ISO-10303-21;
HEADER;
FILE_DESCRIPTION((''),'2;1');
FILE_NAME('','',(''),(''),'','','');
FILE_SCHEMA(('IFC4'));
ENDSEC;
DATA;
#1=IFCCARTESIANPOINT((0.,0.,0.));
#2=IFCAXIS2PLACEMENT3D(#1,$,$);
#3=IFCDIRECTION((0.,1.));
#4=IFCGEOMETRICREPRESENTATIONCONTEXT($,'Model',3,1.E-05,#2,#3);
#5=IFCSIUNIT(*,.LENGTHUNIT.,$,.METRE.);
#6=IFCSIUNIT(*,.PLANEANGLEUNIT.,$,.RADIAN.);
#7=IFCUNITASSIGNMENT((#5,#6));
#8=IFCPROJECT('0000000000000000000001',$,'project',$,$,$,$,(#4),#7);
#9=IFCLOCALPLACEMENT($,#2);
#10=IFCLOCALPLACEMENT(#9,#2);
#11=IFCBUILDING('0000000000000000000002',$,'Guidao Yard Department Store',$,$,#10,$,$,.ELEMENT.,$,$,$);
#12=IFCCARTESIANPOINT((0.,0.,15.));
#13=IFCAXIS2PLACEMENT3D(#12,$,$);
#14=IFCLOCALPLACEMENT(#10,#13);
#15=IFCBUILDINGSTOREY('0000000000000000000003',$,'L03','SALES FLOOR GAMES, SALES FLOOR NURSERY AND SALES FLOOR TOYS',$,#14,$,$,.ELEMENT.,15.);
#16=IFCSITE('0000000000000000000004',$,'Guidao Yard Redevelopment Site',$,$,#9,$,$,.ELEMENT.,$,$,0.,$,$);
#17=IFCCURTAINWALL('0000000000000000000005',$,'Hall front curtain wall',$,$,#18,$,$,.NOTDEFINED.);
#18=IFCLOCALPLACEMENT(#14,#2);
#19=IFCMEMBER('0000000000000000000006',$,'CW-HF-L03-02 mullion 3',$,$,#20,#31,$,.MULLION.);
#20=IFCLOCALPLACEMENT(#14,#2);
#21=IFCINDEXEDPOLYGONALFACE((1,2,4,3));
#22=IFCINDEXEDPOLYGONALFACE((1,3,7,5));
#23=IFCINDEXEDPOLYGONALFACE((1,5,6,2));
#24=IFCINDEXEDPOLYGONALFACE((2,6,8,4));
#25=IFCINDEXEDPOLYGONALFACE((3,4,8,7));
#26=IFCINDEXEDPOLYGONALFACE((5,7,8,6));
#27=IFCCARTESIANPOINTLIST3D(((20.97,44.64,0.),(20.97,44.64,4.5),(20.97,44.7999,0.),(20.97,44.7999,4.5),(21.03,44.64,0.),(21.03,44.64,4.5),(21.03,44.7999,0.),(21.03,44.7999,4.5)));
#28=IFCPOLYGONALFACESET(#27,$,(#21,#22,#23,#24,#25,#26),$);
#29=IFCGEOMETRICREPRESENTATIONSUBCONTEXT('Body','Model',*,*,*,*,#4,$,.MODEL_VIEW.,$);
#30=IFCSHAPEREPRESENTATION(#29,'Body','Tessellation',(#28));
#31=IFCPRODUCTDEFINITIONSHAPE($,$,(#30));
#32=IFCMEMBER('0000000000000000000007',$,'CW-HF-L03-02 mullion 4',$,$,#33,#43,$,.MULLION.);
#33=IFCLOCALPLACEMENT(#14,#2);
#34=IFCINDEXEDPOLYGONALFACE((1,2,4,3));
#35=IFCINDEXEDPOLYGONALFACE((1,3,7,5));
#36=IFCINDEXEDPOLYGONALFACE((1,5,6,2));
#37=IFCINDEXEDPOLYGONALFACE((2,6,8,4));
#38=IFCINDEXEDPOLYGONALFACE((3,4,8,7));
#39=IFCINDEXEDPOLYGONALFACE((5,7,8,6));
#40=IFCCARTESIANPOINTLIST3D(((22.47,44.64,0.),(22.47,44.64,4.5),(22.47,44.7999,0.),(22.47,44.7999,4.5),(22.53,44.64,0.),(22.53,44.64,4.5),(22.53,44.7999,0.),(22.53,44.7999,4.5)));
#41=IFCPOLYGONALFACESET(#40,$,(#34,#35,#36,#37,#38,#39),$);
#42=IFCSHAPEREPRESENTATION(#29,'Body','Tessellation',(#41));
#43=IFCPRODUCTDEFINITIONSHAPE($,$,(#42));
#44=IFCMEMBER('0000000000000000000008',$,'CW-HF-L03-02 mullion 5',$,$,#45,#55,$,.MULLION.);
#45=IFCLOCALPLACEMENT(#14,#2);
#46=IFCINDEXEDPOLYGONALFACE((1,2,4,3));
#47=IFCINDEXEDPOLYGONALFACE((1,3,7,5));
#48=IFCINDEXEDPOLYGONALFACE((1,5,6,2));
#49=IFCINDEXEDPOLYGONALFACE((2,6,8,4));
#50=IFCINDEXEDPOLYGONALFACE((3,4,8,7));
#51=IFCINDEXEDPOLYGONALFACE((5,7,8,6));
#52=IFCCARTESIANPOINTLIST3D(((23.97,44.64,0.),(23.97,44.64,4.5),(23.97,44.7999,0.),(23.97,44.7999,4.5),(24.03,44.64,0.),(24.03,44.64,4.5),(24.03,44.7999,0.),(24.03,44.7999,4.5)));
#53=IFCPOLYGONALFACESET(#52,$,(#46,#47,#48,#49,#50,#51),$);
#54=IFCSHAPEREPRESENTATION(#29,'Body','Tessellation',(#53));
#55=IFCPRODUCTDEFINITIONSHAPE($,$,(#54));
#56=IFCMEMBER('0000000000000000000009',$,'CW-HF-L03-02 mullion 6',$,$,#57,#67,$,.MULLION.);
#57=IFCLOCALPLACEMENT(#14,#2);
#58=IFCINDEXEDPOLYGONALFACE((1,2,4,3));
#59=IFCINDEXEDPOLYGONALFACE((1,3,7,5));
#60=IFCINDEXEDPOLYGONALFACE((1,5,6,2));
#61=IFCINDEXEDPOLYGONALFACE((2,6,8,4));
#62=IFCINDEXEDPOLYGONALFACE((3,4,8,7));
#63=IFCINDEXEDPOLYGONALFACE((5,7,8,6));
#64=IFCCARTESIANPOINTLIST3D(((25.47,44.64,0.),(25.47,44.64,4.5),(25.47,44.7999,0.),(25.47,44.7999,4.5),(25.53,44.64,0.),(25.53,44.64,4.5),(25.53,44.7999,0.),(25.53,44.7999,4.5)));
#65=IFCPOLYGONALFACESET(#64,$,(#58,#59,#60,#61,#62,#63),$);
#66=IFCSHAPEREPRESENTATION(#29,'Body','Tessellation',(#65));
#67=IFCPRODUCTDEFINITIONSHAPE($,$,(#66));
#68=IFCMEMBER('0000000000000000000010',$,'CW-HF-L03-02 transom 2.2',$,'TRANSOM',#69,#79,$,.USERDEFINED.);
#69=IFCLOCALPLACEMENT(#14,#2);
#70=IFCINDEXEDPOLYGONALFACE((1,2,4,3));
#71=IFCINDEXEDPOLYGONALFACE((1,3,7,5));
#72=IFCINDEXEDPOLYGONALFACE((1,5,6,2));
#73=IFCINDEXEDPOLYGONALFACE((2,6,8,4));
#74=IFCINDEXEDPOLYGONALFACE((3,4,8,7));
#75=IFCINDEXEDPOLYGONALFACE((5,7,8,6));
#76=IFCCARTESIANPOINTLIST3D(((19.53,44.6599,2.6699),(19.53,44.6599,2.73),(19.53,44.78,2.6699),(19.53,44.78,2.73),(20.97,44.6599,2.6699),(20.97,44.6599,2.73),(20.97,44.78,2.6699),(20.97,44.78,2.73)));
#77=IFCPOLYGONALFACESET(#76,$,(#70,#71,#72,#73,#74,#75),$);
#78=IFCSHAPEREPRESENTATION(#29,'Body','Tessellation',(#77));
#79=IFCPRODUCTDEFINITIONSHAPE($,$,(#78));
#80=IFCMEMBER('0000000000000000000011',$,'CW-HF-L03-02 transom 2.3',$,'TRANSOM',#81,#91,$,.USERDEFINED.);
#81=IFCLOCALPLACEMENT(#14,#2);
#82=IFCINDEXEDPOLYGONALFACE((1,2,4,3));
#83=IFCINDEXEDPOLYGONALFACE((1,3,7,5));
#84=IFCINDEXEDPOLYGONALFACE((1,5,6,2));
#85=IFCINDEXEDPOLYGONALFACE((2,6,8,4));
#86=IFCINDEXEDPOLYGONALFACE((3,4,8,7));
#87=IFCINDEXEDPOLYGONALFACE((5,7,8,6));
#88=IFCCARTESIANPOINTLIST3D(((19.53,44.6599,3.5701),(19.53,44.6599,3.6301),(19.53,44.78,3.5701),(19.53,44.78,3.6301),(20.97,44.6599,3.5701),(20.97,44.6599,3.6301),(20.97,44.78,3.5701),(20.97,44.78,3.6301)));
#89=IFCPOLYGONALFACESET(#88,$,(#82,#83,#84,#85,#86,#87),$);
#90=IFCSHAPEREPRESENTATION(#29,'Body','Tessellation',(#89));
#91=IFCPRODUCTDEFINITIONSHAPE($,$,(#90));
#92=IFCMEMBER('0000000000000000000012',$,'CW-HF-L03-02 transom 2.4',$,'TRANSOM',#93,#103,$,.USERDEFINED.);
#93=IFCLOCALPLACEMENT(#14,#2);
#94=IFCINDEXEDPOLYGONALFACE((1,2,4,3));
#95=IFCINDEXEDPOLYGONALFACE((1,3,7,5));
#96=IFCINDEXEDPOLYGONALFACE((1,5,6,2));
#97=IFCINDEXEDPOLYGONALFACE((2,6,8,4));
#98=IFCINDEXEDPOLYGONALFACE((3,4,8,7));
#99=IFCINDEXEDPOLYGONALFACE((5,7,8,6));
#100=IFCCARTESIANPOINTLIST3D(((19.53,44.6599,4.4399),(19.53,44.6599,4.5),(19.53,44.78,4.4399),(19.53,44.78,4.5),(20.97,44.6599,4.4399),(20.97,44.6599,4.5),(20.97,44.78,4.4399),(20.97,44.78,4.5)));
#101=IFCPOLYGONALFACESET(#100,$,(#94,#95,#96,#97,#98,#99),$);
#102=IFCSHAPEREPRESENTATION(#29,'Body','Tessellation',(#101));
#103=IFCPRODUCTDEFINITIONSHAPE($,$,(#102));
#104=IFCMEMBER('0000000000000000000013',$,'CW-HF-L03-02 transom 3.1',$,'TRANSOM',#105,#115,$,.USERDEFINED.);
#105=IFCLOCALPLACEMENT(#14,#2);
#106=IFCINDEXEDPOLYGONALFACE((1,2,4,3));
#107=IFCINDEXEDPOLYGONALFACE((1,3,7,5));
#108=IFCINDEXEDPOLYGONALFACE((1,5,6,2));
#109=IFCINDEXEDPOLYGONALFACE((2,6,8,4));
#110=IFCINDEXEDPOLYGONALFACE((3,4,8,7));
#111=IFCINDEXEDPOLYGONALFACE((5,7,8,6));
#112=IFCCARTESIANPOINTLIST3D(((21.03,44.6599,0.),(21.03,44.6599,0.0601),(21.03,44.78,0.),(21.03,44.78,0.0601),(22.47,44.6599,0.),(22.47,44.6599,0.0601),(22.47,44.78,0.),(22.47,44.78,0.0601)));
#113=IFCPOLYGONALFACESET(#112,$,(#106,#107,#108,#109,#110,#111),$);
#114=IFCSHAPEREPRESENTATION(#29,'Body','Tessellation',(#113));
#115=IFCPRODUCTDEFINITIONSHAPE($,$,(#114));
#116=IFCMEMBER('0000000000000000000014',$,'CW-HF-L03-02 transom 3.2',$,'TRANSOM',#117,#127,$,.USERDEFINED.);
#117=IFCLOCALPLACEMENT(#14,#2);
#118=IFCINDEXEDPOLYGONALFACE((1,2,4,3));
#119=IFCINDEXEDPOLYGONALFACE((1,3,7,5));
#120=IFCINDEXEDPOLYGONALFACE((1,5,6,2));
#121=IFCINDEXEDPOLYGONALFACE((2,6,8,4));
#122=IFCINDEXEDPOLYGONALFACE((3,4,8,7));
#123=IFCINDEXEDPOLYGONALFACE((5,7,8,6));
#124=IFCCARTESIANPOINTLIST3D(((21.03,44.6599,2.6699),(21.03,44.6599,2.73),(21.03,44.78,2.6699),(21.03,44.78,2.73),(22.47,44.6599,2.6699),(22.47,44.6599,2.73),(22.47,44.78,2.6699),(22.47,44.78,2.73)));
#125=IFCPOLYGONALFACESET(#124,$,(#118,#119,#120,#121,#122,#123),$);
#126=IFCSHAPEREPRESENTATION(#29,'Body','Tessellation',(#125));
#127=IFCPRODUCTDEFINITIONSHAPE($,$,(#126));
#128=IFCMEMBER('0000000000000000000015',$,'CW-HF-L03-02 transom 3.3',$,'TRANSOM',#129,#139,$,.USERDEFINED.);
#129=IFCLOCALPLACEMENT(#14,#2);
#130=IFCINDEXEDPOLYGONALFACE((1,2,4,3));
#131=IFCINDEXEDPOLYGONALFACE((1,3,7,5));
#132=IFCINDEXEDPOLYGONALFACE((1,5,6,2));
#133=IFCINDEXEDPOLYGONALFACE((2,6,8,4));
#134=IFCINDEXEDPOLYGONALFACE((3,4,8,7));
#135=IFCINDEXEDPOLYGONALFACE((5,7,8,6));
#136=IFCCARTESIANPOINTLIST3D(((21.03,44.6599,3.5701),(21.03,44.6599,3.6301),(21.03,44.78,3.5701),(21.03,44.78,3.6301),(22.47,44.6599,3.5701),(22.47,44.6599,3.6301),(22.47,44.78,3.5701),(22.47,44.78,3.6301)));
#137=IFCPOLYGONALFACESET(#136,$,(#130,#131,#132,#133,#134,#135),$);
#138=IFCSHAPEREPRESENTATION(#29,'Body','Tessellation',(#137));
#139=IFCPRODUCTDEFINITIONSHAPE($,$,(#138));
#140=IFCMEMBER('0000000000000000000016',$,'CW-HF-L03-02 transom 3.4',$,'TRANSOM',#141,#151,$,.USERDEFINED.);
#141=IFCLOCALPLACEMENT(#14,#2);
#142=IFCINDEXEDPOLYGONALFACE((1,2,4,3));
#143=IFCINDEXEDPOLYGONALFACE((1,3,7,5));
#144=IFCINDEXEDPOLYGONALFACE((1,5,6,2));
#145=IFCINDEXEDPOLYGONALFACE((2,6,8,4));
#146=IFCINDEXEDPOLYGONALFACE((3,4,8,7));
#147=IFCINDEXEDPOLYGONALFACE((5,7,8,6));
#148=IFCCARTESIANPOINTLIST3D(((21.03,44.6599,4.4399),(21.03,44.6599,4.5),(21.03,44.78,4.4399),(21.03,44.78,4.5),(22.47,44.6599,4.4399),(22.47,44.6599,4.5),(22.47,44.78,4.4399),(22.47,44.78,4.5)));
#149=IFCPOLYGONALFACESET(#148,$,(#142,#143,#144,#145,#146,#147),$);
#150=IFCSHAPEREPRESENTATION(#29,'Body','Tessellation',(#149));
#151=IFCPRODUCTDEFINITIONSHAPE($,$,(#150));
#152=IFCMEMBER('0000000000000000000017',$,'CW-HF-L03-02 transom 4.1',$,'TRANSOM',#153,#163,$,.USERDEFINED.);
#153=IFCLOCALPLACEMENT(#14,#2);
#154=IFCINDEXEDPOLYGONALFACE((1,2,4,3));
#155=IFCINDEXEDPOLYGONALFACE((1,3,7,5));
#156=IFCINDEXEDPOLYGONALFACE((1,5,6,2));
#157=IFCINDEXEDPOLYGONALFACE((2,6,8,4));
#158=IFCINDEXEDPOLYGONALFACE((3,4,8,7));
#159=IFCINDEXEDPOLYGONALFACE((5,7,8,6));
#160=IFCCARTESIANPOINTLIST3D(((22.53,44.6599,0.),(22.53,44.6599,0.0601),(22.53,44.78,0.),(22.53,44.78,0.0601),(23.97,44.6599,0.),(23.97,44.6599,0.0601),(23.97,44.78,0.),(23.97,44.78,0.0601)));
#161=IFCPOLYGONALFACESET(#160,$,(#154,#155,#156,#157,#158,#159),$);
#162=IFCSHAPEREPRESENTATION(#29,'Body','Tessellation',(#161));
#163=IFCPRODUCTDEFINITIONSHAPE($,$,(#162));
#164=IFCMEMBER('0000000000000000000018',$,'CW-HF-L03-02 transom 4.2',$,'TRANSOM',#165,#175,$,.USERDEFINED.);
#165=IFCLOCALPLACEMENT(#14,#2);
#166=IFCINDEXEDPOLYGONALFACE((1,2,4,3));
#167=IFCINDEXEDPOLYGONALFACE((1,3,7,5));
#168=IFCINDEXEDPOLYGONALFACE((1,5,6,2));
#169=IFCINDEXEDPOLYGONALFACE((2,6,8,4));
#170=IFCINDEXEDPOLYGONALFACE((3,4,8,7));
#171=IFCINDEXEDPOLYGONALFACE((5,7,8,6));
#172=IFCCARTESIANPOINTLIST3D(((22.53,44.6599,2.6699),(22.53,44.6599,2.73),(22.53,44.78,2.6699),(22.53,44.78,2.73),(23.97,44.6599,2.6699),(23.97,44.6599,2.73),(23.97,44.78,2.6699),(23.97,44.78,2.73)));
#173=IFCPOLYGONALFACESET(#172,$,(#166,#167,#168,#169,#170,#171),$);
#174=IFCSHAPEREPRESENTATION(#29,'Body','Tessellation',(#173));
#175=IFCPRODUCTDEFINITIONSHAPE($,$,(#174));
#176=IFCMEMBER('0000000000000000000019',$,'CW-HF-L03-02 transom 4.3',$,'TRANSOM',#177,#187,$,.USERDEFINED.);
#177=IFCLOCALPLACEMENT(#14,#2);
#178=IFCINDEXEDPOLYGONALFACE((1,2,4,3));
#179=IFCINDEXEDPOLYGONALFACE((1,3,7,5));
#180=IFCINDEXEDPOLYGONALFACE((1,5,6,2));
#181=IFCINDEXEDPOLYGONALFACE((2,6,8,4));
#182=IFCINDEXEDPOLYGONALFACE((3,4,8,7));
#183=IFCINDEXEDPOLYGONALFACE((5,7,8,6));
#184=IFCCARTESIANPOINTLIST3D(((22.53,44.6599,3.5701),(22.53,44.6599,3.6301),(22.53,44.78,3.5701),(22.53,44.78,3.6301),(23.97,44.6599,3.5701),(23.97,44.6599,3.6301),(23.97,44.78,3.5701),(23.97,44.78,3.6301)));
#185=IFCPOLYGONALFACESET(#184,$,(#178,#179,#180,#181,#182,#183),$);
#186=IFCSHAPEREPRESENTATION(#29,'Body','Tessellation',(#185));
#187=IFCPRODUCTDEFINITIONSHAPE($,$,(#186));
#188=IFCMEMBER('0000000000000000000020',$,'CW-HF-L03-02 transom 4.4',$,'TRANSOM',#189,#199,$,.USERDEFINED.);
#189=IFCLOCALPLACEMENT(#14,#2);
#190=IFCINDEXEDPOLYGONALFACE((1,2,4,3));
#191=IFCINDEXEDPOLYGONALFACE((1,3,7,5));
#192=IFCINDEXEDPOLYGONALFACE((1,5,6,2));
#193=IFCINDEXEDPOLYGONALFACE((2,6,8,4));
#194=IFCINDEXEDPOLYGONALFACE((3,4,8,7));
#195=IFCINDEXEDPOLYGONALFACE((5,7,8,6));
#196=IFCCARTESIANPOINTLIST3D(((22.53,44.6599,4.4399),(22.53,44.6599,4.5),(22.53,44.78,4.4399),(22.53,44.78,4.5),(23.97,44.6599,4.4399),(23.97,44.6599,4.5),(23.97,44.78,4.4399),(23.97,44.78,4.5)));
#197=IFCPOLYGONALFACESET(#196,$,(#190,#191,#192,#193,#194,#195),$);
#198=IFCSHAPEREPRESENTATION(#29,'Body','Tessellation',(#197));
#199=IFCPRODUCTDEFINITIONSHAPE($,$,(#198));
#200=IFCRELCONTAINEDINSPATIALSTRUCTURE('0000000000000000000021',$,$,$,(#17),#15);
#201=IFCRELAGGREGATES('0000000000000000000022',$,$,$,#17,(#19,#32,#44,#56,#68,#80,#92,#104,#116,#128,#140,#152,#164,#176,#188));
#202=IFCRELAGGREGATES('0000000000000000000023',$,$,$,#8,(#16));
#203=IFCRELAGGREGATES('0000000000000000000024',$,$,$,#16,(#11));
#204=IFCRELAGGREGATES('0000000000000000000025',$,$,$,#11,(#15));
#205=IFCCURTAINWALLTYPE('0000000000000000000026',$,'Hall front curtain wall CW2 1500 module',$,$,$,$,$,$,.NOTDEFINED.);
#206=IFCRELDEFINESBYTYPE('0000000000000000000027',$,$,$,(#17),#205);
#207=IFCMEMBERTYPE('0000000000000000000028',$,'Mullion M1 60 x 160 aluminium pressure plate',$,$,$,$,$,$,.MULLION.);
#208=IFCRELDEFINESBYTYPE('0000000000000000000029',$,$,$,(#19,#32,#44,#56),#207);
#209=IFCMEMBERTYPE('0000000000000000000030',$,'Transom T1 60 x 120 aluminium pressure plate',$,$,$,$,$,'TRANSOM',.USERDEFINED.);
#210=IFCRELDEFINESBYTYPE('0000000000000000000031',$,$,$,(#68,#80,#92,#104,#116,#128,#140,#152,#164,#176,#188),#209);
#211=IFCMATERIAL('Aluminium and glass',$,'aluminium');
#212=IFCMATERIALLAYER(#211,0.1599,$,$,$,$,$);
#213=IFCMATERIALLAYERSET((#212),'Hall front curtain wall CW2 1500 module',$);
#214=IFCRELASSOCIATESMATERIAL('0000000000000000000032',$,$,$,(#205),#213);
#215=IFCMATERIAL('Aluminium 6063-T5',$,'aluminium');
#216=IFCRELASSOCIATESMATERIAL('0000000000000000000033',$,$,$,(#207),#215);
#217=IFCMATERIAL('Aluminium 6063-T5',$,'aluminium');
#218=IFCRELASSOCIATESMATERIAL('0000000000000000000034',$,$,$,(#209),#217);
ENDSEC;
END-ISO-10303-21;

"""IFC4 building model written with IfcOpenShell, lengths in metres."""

from ifc_helpers import new_model, si_unit, direction, frame, origin, origin_2d, place, context, subcontext, project, spatial, rectangle, extrude, material, layer, layer_set, material_profile, profile_set, type_object, element, aggregate, save


model = new_model("IFC4")

# Units and contexts
model_context = context("Model", 3, precision=1e-05, world=origin(), true_north=direction((0.0, 1.0)))
body_context = subcontext(model_context, "Body", "Model", "MODEL_VIEW")
ifc_project = project(units=[si_unit("LENGTHUNIT", "METRE"), si_unit("PLANEANGLEUNIT", "RADIAN")], contexts=[model_context])

# Site, building, storey
site_placement = place(None, origin())
site = spatial("IfcSite", under=ifc_project, at=site_placement, Name="Guidao Yard Redevelopment Site", CompositionType="ELEMENT", RefElevation=0.0)
building_placement = place(site_placement, origin())
building = spatial("IfcBuilding", under=site, at=building_placement, Name="Guidao Yard Department Store", CompositionType="ELEMENT")
storey_placement = place(building_placement, frame((0.0, 0.0, 15.0)))
storey = spatial("IfcBuildingStorey", under=building, at=storey_placement, Name="L03", Description="SALES FLOOR GAMES, SALES FLOOR NURSERY AND SALES FLOOR TOYS", CompositionType="ELEMENT", Elevation=15.0)

# Curtain wall, members
ifc_material_1 = material(Name="Aluminium and glass", Category="aluminium")
ifc_layer_1 = layer(ifc_material_1, 0.1599)
ifc_layer_set_1 = layer_set([ifc_layer_1], Name="Hall front curtain wall CW2 1500 module")
curtain_wall_type = type_object("IfcCurtainWallType", Name="Hall front curtain wall CW2 1500 module", PredefinedType="NOTDEFINED", material=ifc_layer_set_1)
curtain_wall_placement = place(storey_placement, origin())
curtain_wall = element("IfcCurtainWall", 1, at=curtain_wall_placement, inside=storey, type_object=curtain_wall_type, Name="Hall front curtain wall", PredefinedType="NOTDEFINED")
ifc_material_2 = material(Name="Aluminium 6063-T5", Category="aluminium")
ifc_material_profile_1 = material_profile(ifc_material_2, rectangle(XDim=0.0601, YDim=0.1599, at=origin_2d()), Name="Mullion M1 60 x 160 aluminium pressure plate")
ifc_profile_set_1 = profile_set([ifc_material_profile_1], Name="Aluminium 6063-T5")
member_type_1 = type_object("IfcMemberType", Name="Mullion M1 60 x 160 aluminium pressure plate", PredefinedType="MULLION", material=ifc_profile_set_1)
member_1_placement = place(storey_placement, frame((21.0, 44.72, 0.0), z_axis=(0.0, 0.0, 1.0), x_axis=(-1.0, 0.0, 0.0)))
member_1 = element("IfcMember", 2, at=member_1_placement, type_object=member_type_1, Name="CW-HF-L03-02 mullion 3", PredefinedType="MULLION", context=body_context, shape_type="SweptSolid", body=[
    extrude(rectangle(XDim=0.0601, YDim=0.1599, at=origin_2d()), origin(), (0.0, 0.0, 1.0), 4.5),
])
member_2_placement = place(storey_placement, frame((22.5, 44.72, 0.0), z_axis=(0.0, 0.0, 1.0), x_axis=(-1.0, 0.0, 0.0)))
member_2 = element("IfcMember", 3, at=member_2_placement, type_object=member_type_1, Name="CW-HF-L03-02 mullion 4", PredefinedType="MULLION", context=body_context, shape_type="SweptSolid", body=[
    extrude(rectangle(XDim=0.0601, YDim=0.1599, at=origin_2d()), origin(), (0.0, 0.0, 1.0), 4.5),
])
member_3_placement = place(storey_placement, frame((24.0, 44.72, 0.0), z_axis=(0.0, 0.0, 1.0), x_axis=(-1.0, 0.0, 0.0)))
member_3 = element("IfcMember", 4, at=member_3_placement, type_object=member_type_1, Name="CW-HF-L03-02 mullion 5", PredefinedType="MULLION", context=body_context, shape_type="SweptSolid", body=[
    extrude(rectangle(XDim=0.0601, YDim=0.1599, at=origin_2d()), origin(), (0.0, 0.0, 1.0), 4.5),
])
member_4_placement = place(storey_placement, frame((25.5, 44.72, 0.0), z_axis=(0.0, 0.0, 1.0), x_axis=(-1.0, 0.0, 0.0)))
member_4 = element("IfcMember", 5, at=member_4_placement, type_object=member_type_1, Name="CW-HF-L03-02 mullion 6", PredefinedType="MULLION", context=body_context, shape_type="SweptSolid", body=[
    extrude(rectangle(XDim=0.0601, YDim=0.1599, at=origin_2d()), origin(), (0.0, 0.0, 1.0), 4.5),
])
ifc_material_3 = material(Name="Aluminium 6063-T5", Category="aluminium")
ifc_material_profile_2 = material_profile(ifc_material_3, rectangle(XDim=0.1201, YDim=0.0601, at=origin_2d()), Name="Transom T1 60 x 120 aluminium pressure plate")
ifc_profile_set_2 = profile_set([ifc_material_profile_2], Name="Aluminium 6063-T5")
member_type_2 = type_object("IfcMemberType", Name="Transom T1 60 x 120 aluminium pressure plate", ElementType="TRANSOM", PredefinedType="USERDEFINED", material=ifc_profile_set_2)
member_5_placement = place(storey_placement, frame((20.97, 44.72, 2.7), z_axis=(-1.0, 0.0, 0.0), x_axis=(0.0, -1.0, 0.0)))
member_5 = element("IfcMember", 6, at=member_5_placement, type_object=member_type_2, Name="CW-HF-L03-02 transom 2.2", ObjectType="TRANSOM", PredefinedType="USERDEFINED", context=body_context, shape_type="SweptSolid", body=[
    extrude(rectangle(XDim=0.1201, YDim=0.0601, at=origin_2d()), origin(), (0.0, 0.0, 1.0), 1.4399),
])
member_6_placement = place(storey_placement, frame((20.97, 44.72, 3.6001), z_axis=(-1.0, 0.0, 0.0), x_axis=(0.0, -1.0, 0.0)))
member_6 = element("IfcMember", 7, at=member_6_placement, type_object=member_type_2, Name="CW-HF-L03-02 transom 2.3", ObjectType="TRANSOM", PredefinedType="USERDEFINED", context=body_context, shape_type="SweptSolid", body=[
    extrude(rectangle(XDim=0.1201, YDim=0.0601, at=origin_2d()), origin(), (0.0, 0.0, 1.0), 1.4399),
])
member_7_placement = place(storey_placement, frame((20.97, 44.72, 4.47), z_axis=(-1.0, 0.0, 0.0), x_axis=(0.0, -1.0, 0.0)))
member_7 = element("IfcMember", 8, at=member_7_placement, type_object=member_type_2, Name="CW-HF-L03-02 transom 2.4", ObjectType="TRANSOM", PredefinedType="USERDEFINED", context=body_context, shape_type="SweptSolid", body=[
    extrude(rectangle(XDim=0.1201, YDim=0.0601, at=origin_2d()), origin(), (0.0, 0.0, 1.0), 1.4399),
])
member_8_placement = place(storey_placement, frame((22.47, 44.72, 0.03), z_axis=(-1.0, 0.0, 0.0), x_axis=(0.0, -1.0, 0.0)))
member_8 = element("IfcMember", 9, at=member_8_placement, type_object=member_type_2, Name="CW-HF-L03-02 transom 3.1", ObjectType="TRANSOM", PredefinedType="USERDEFINED", context=body_context, shape_type="SweptSolid", body=[
    extrude(rectangle(XDim=0.1201, YDim=0.0601, at=origin_2d()), origin(), (0.0, 0.0, 1.0), 1.4399),
])
member_9_placement = place(storey_placement, frame((22.47, 44.72, 2.7), z_axis=(-1.0, 0.0, 0.0), x_axis=(0.0, -1.0, 0.0)))
member_9 = element("IfcMember", 10, at=member_9_placement, type_object=member_type_2, Name="CW-HF-L03-02 transom 3.2", ObjectType="TRANSOM", PredefinedType="USERDEFINED", context=body_context, shape_type="SweptSolid", body=[
    extrude(rectangle(XDim=0.1201, YDim=0.0601, at=origin_2d()), origin(), (0.0, 0.0, 1.0), 1.4399),
])
member_10_placement = place(storey_placement, frame((22.47, 44.72, 3.6001), z_axis=(-1.0, 0.0, 0.0), x_axis=(0.0, -1.0, 0.0)))
member_10 = element("IfcMember", 11, at=member_10_placement, type_object=member_type_2, Name="CW-HF-L03-02 transom 3.3", ObjectType="TRANSOM", PredefinedType="USERDEFINED", context=body_context, shape_type="SweptSolid", body=[
    extrude(rectangle(XDim=0.1201, YDim=0.0601, at=origin_2d()), origin(), (0.0, 0.0, 1.0), 1.4399),
])
member_11_placement = place(storey_placement, frame((22.47, 44.72, 4.47), z_axis=(-1.0, 0.0, 0.0), x_axis=(0.0, -1.0, 0.0)))
member_11 = element("IfcMember", 12, at=member_11_placement, type_object=member_type_2, Name="CW-HF-L03-02 transom 3.4", ObjectType="TRANSOM", PredefinedType="USERDEFINED", context=body_context, shape_type="SweptSolid", body=[
    extrude(rectangle(XDim=0.1201, YDim=0.0601, at=origin_2d()), origin(), (0.0, 0.0, 1.0), 1.4399),
])
member_12_placement = place(storey_placement, frame((23.97, 44.72, 0.03), z_axis=(-1.0, 0.0, 0.0), x_axis=(0.0, -1.0, 0.0)))
member_12 = element("IfcMember", 13, at=member_12_placement, type_object=member_type_2, Name="CW-HF-L03-02 transom 4.1", ObjectType="TRANSOM", PredefinedType="USERDEFINED", context=body_context, shape_type="SweptSolid", body=[
    extrude(rectangle(XDim=0.1201, YDim=0.0601, at=origin_2d()), origin(), (0.0, 0.0, 1.0), 1.4399),
])
member_13_placement = place(storey_placement, frame((23.97, 44.72, 2.7), z_axis=(-1.0, 0.0, 0.0), x_axis=(0.0, -1.0, 0.0)))
member_13 = element("IfcMember", 14, at=member_13_placement, type_object=member_type_2, Name="CW-HF-L03-02 transom 4.2", ObjectType="TRANSOM", PredefinedType="USERDEFINED", context=body_context, shape_type="SweptSolid", body=[
    extrude(rectangle(XDim=0.1201, YDim=0.0601, at=origin_2d()), origin(), (0.0, 0.0, 1.0), 1.4399),
])
member_14_placement = place(storey_placement, frame((23.97, 44.72, 3.6001), z_axis=(-1.0, 0.0, 0.0), x_axis=(0.0, -1.0, 0.0)))
member_14 = element("IfcMember", 15, at=member_14_placement, type_object=member_type_2, Name="CW-HF-L03-02 transom 4.3", ObjectType="TRANSOM", PredefinedType="USERDEFINED", context=body_context, shape_type="SweptSolid", body=[
    extrude(rectangle(XDim=0.1201, YDim=0.0601, at=origin_2d()), origin(), (0.0, 0.0, 1.0), 1.4399),
])
member_15_placement = place(storey_placement, frame((23.97, 44.72, 4.47), z_axis=(-1.0, 0.0, 0.0), x_axis=(0.0, -1.0, 0.0)))
member_15 = element("IfcMember", 16, at=member_15_placement, type_object=member_type_2, Name="CW-HF-L03-02 transom 4.4", ObjectType="TRANSOM", PredefinedType="USERDEFINED", context=body_context, shape_type="SweptSolid", body=[
    extrude(rectangle(XDim=0.1201, YDim=0.0601, at=origin_2d()), origin(), (0.0, 0.0, 1.0), 1.4399),
])
aggregate(curtain_wall, [member_1, member_2, member_3, member_4, member_5, member_6, member_7, member_8, member_9, member_10, member_11, member_12, member_13, member_14, member_15])

save(model, "model.ifc")
